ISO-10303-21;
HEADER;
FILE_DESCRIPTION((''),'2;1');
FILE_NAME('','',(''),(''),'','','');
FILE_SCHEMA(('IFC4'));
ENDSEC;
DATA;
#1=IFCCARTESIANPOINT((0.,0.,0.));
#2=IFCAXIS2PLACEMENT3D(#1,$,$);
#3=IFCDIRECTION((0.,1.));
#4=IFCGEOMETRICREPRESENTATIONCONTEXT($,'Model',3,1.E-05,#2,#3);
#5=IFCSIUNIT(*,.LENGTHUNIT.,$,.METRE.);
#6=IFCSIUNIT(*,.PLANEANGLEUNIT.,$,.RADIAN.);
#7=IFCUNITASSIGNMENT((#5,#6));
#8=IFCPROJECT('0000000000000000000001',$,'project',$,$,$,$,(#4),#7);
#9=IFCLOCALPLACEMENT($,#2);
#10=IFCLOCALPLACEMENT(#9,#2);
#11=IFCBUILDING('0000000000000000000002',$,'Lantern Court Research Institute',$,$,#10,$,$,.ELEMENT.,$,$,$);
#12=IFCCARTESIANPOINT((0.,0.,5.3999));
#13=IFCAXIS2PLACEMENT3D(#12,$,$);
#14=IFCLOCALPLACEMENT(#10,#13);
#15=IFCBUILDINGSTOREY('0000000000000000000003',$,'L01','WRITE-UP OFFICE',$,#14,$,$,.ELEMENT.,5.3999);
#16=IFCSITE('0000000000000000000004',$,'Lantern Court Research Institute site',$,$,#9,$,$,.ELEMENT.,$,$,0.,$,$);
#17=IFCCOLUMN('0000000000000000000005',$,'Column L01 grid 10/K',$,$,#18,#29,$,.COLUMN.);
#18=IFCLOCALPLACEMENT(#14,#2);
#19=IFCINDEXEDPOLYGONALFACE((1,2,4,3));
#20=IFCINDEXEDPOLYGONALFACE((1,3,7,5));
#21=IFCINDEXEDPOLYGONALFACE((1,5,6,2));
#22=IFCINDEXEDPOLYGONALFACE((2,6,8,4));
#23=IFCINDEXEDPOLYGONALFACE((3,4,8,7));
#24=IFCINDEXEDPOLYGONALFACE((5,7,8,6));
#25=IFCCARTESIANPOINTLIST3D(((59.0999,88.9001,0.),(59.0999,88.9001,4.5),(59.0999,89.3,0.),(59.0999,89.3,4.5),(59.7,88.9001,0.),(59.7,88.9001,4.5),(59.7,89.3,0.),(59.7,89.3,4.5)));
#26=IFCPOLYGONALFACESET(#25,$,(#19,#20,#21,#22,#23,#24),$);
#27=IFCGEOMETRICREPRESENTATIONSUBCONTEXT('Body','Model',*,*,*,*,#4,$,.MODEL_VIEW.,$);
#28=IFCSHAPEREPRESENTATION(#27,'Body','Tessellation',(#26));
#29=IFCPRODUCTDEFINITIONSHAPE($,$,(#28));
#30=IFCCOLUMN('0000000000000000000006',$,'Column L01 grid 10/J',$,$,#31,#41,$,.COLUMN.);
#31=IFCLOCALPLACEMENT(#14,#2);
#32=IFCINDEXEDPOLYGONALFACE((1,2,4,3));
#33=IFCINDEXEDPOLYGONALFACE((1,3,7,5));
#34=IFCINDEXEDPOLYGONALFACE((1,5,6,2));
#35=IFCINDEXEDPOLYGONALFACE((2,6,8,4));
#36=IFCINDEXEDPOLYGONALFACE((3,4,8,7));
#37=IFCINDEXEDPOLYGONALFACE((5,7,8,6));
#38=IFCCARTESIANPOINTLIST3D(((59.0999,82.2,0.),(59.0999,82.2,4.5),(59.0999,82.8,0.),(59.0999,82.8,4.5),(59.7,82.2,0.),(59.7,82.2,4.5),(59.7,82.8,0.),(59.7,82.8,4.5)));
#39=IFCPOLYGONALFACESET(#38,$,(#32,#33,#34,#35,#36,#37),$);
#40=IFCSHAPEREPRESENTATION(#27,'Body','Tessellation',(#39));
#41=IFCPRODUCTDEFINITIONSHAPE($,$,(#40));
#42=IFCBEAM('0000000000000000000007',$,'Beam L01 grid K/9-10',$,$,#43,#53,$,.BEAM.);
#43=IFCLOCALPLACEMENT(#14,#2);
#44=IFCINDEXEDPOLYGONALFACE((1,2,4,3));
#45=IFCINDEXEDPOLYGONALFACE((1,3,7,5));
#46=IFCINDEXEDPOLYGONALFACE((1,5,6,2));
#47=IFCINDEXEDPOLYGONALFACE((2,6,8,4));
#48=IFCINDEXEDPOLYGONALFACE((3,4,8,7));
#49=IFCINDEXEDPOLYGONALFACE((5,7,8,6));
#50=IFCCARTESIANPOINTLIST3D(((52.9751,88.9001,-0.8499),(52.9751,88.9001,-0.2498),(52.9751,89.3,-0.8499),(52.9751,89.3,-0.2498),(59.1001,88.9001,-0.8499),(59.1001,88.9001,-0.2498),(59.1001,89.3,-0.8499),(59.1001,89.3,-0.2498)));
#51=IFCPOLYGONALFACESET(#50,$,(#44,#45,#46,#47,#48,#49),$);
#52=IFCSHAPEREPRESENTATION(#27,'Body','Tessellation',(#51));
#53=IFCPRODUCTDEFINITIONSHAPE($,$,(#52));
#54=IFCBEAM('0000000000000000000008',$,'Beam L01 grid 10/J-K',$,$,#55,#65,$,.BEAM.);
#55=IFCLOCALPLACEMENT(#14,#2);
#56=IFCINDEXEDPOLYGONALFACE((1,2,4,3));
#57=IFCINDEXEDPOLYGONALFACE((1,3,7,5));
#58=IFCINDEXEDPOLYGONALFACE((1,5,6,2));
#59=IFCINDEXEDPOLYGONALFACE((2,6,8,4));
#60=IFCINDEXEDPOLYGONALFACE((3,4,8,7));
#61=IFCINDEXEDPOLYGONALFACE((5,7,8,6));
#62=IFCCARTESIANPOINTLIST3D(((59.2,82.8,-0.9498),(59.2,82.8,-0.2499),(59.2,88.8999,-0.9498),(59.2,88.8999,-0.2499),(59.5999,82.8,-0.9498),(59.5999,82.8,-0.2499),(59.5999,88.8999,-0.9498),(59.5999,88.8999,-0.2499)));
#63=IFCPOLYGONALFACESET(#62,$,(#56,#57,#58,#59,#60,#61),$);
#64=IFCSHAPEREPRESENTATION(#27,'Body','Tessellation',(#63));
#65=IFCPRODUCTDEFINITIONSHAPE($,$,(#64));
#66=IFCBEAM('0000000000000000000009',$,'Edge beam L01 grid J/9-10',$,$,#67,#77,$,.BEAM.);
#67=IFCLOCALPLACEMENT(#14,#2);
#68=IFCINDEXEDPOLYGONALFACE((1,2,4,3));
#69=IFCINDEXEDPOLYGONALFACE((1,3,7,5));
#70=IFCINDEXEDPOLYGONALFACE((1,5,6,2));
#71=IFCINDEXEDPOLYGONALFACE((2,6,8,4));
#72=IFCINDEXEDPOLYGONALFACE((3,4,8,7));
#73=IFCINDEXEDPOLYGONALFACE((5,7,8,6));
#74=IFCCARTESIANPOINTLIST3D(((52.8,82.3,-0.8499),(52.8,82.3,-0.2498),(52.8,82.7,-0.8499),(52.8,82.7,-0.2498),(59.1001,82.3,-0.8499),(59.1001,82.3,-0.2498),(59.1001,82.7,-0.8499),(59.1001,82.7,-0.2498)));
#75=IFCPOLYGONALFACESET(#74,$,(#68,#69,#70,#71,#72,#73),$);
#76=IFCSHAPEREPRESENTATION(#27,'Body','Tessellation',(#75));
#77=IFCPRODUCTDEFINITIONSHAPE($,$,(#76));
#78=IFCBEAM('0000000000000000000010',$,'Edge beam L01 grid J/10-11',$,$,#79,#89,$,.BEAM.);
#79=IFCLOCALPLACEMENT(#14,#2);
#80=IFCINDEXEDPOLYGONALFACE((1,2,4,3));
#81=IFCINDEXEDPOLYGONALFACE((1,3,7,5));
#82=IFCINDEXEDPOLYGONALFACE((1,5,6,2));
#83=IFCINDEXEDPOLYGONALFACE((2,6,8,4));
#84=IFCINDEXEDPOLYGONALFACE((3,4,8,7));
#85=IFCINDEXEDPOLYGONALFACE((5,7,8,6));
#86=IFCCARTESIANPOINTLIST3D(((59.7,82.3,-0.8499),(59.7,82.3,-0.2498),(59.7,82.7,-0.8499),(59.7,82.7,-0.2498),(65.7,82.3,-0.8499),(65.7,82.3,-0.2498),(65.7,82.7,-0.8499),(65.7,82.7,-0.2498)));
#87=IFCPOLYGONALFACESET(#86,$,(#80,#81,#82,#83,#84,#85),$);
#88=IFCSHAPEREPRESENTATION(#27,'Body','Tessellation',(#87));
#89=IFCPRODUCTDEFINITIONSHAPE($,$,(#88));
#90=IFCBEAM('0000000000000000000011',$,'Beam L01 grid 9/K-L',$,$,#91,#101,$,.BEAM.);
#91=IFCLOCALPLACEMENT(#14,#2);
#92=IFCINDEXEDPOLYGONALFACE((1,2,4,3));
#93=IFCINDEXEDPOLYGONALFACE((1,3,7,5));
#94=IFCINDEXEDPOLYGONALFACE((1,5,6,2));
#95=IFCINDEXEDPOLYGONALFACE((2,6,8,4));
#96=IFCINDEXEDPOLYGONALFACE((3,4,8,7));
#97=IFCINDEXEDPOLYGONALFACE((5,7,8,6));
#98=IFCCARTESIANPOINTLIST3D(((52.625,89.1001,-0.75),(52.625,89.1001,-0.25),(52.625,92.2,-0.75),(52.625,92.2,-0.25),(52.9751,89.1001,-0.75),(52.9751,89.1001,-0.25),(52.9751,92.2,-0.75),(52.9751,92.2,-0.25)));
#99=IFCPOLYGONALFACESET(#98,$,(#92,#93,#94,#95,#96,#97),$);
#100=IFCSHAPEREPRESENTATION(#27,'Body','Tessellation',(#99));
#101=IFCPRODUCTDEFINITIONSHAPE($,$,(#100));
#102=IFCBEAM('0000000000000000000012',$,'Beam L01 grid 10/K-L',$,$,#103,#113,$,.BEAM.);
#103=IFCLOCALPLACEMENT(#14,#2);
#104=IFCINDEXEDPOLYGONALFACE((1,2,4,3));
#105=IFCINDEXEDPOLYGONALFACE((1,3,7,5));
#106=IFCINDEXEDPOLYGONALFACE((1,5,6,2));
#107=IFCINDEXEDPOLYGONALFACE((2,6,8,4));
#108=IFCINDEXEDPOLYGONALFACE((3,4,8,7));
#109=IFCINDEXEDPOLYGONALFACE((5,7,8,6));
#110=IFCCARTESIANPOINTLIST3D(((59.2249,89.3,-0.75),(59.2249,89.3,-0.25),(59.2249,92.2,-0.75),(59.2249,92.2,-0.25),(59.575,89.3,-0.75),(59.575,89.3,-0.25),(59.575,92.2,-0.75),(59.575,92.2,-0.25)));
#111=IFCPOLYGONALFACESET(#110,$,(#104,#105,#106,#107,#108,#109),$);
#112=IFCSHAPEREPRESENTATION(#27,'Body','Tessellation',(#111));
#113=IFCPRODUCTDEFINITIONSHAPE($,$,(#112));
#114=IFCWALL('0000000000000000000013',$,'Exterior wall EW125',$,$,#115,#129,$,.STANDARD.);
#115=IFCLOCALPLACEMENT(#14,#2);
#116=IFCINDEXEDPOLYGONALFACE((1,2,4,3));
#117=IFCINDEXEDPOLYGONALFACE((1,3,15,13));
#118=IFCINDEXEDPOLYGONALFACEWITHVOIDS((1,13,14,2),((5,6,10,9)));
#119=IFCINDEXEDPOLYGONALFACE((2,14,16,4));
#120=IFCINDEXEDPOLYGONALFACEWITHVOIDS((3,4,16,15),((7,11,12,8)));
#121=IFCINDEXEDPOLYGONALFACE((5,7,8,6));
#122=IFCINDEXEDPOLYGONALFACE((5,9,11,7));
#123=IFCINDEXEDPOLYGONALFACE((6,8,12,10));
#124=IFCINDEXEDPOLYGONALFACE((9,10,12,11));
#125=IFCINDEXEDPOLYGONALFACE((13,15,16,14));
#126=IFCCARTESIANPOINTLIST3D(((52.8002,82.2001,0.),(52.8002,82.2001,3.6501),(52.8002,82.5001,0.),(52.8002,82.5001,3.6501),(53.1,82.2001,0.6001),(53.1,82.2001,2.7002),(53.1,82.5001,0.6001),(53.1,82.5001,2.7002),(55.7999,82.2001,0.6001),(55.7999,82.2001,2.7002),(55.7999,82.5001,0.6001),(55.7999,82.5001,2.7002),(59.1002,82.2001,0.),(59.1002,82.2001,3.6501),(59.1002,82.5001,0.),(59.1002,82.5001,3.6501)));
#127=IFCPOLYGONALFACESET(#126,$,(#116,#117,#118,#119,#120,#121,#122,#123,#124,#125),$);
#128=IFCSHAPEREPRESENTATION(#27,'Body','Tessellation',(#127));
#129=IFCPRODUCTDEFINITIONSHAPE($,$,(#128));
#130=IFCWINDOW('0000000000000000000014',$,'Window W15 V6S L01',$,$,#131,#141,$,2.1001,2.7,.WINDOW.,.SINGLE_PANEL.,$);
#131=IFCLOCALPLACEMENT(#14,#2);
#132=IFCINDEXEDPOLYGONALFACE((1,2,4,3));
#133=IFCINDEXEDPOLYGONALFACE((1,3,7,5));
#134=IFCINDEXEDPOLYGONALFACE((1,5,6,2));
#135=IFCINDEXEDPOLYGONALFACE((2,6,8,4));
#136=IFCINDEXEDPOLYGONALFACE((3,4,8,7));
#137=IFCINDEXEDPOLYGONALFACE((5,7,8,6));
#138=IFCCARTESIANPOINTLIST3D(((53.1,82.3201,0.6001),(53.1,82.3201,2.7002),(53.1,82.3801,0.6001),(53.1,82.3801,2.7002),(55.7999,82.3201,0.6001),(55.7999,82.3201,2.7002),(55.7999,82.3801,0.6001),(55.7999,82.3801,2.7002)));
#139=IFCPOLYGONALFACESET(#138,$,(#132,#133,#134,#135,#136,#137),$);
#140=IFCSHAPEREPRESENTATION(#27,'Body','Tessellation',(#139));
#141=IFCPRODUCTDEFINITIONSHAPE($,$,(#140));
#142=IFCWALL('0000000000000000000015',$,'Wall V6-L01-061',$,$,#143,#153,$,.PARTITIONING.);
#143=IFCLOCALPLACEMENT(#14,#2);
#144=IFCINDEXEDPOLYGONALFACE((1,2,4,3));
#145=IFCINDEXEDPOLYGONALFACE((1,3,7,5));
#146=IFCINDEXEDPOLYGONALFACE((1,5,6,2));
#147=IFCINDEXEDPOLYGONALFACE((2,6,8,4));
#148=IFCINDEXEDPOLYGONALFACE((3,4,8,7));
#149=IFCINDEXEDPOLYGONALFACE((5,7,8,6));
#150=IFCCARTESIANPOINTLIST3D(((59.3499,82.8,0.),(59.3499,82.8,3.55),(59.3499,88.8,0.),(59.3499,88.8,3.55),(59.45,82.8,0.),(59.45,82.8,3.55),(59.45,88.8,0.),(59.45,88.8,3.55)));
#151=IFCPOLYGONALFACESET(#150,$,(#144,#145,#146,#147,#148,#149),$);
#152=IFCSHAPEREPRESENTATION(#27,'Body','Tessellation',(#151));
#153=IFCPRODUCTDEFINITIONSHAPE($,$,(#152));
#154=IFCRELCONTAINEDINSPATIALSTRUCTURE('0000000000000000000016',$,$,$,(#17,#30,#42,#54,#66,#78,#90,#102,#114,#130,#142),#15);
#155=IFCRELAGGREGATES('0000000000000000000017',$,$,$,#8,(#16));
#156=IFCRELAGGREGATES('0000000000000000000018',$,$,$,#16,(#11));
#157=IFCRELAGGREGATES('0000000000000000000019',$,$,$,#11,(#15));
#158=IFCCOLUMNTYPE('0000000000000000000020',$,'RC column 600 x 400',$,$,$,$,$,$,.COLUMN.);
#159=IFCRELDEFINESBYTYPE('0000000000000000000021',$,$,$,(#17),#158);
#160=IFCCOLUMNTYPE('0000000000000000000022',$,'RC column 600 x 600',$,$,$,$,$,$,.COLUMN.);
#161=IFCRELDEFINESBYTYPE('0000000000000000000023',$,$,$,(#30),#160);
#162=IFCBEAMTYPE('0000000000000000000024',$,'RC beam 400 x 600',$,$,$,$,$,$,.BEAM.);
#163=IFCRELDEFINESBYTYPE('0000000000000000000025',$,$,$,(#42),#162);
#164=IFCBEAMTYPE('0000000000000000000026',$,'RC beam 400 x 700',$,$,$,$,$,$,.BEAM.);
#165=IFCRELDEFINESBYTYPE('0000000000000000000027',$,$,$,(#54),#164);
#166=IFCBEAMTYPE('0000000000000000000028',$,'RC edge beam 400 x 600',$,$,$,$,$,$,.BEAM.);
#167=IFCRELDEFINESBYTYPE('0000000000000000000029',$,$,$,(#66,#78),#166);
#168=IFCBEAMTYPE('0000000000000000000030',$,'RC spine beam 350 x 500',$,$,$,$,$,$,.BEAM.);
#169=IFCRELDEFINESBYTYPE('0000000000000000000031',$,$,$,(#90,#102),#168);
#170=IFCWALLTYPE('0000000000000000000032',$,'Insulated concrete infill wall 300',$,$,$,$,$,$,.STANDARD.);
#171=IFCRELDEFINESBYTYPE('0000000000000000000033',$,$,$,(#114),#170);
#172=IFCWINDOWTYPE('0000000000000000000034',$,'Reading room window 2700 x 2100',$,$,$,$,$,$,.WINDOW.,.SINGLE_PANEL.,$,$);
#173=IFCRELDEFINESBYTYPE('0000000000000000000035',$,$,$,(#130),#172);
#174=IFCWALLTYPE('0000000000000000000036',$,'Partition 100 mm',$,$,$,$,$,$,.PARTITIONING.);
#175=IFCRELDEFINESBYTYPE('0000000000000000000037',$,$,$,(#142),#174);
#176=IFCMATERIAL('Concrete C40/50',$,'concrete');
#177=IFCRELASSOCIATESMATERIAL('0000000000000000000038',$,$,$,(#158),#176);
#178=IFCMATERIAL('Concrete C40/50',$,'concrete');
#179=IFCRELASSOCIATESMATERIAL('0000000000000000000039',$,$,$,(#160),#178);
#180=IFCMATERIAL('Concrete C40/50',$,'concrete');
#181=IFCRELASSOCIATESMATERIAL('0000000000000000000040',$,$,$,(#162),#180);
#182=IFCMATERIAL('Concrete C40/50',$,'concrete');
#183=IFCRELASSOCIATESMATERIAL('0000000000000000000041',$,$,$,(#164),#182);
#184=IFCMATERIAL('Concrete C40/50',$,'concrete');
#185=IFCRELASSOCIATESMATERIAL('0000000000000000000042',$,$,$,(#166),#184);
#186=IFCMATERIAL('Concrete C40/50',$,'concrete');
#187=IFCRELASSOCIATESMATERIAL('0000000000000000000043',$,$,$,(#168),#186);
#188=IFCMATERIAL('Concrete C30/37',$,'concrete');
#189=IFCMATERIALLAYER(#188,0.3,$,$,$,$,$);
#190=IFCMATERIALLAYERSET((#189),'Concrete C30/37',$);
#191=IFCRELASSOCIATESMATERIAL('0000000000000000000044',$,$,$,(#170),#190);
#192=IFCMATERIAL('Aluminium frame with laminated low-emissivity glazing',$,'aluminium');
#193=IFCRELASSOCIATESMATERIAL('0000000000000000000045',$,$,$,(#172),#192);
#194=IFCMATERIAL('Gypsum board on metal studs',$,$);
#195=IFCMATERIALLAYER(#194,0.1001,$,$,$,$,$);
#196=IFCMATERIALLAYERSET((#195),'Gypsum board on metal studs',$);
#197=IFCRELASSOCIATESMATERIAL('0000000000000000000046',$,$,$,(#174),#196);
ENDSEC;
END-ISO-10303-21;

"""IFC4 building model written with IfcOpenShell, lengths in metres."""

from ifc_helpers import new_model, si_unit, direction, frame, frame_2d, origin, origin_2d, place, context, subcontext, project, spatial, rectangle, extrude, material, layer, layer_set, material_profile, profile_set, type_object, element, fill, save


model = new_model("IFC4")

# Units and contexts
model_context = context("Model", 3, precision=1e-05, world=origin(), true_north=direction((0.0, 1.0)))
body_context = subcontext(model_context, "Body", "Model", "MODEL_VIEW")
ifc_project = project(units=[si_unit("LENGTHUNIT", "METRE"), si_unit("PLANEANGLEUNIT", "RADIAN")], contexts=[model_context])

# Site, building, storey
site_placement = place(None, origin())
site = spatial("IfcSite", under=ifc_project, at=site_placement, Name="Lantern Court Research Institute site", CompositionType="ELEMENT", RefElevation=0.0)
building_placement = place(site_placement, origin())
building = spatial("IfcBuilding", under=site, at=building_placement, Name="Lantern Court Research Institute", CompositionType="ELEMENT")
storey_placement = place(building_placement, frame((0.0, 0.0, 5.3999)))
storey = spatial("IfcBuildingStorey", under=building, at=storey_placement, Name="L01", Description="WRITE-UP OFFICE", CompositionType="ELEMENT", Elevation=5.3999)

# Columns
ifc_material_1 = material(Name="Concrete C40/50", Category="concrete")
ifc_material_profile_1 = material_profile(ifc_material_1, rectangle(XDim=0.6001, YDim=0.3999, at=origin_2d()), Name="RC column 600 x 400")
ifc_profile_set_1 = profile_set([ifc_material_profile_1], Name="Concrete C40/50")
column_type_1 = type_object("IfcColumnType", Name="RC column 600 x 400", PredefinedType="COLUMN", material=ifc_profile_set_1)
column_1_placement = place(storey_placement, frame((59.3999, 89.1001, 0.0), z_axis=(0.0, 0.0, 1.0), x_axis=(1.0, 0.0, 0.0)))
element("IfcColumn", 1, at=column_1_placement, inside=storey, type_object=column_type_1, Name="Column L01 grid 10/K", PredefinedType="COLUMN", context=body_context, shape_type="SweptSolid", body=[
    extrude(rectangle(XDim=0.6001, YDim=0.3999, at=origin_2d()), origin(), (0.0, 0.0, 1.0), 4.5),
])
ifc_material_2 = material(Name="Concrete C40/50", Category="concrete")
ifc_material_profile_2 = material_profile(ifc_material_2, rectangle(XDim=0.6001, YDim=0.6001, at=origin_2d()), Name="RC column 600 x 600")
ifc_profile_set_2 = profile_set([ifc_material_profile_2], Name="Concrete C40/50")
column_type_2 = type_object("IfcColumnType", Name="RC column 600 x 600", PredefinedType="COLUMN", material=ifc_profile_set_2)
column_2_placement = place(storey_placement, frame((59.3999, 82.5, 0.0), z_axis=(0.0, 0.0, 1.0), x_axis=(1.0, 0.0, 0.0)))
element("IfcColumn", 2, at=column_2_placement, inside=storey, type_object=column_type_2, Name="Column L01 grid 10/J", PredefinedType="COLUMN", context=body_context, shape_type="SweptSolid", body=[
    extrude(rectangle(XDim=0.6001, YDim=0.6001, at=origin_2d()), origin(), (0.0, 0.0, 1.0), 4.5),
])

# Beams
ifc_material_3 = material(Name="Concrete C40/50", Category="concrete")
ifc_material_profile_3 = material_profile(ifc_material_3, rectangle(XDim=0.3999, YDim=0.6001, at=origin_2d()), Name="RC beam 400 x 600")
ifc_profile_set_3 = profile_set([ifc_material_profile_3], Name="Concrete C40/50")
beam_type_1 = type_object("IfcBeamType", Name="RC beam 400 x 600", PredefinedType="BEAM", material=ifc_profile_set_3)
beam_1_placement = place(storey_placement, frame((52.9751, 89.1001, -0.5498), z_axis=(1.0, 0.0, 0.0), x_axis=(0.0, 1.0, 0.0)))
element("IfcBeam", 3, at=beam_1_placement, inside=storey, type_object=beam_type_1, Name="Beam L01 grid K/9-10", PredefinedType="BEAM", context=body_context, shape_type="SweptSolid", body=[
    extrude(rectangle(XDim=0.3999, YDim=0.6001, at=origin_2d()), origin(), (0.0, 0.0, 1.0), 6.125),
])
ifc_material_4 = material(Name="Concrete C40/50", Category="concrete")
ifc_material_profile_4 = material_profile(ifc_material_4, rectangle(XDim=0.3999, YDim=0.7, at=origin_2d()), Name="RC beam 400 x 700")
ifc_profile_set_4 = profile_set([ifc_material_profile_4], Name="Concrete C40/50")
beam_type_2 = type_object("IfcBeamType", Name="RC beam 400 x 700", PredefinedType="BEAM", material=ifc_profile_set_4)
beam_2_placement = place(storey_placement, frame((59.3999, 82.8, -0.5999), z_axis=(0.0, 1.0, 0.0), x_axis=(-1.0, 0.0, 0.0)))
element("IfcBeam", 4, at=beam_2_placement, inside=storey, type_object=beam_type_2, Name="Beam L01 grid 10/J-K", PredefinedType="BEAM", context=body_context, shape_type="SweptSolid", body=[
    extrude(rectangle(XDim=0.3999, YDim=0.7, at=origin_2d()), origin(), (0.0, 0.0, 1.0), 6.0999),
])
ifc_material_5 = material(Name="Concrete C40/50", Category="concrete")
ifc_material_profile_5 = material_profile(ifc_material_5, rectangle(XDim=0.3999, YDim=0.6001, at=origin_2d()), Name="RC beam 400 x 600")
ifc_profile_set_5 = profile_set([ifc_material_profile_5], Name="Concrete C40/50")
beam_type_3 = type_object("IfcBeamType", Name="RC edge beam 400 x 600", PredefinedType="BEAM", material=ifc_profile_set_5)
beam_3_placement = place(storey_placement, frame((52.8, 82.5, -0.5498), z_axis=(1.0, 0.0, 0.0), x_axis=(0.0, 1.0, 0.0)))
element("IfcBeam", 5, at=beam_3_placement, inside=storey, type_object=beam_type_3, Name="Edge beam L01 grid J/9-10", PredefinedType="BEAM", context=body_context, shape_type="SweptSolid", body=[
    extrude(rectangle(XDim=0.3999, YDim=0.6001, at=origin_2d()), origin(), (0.0, 0.0, 1.0), 6.3),
])
beam_4_placement = place(storey_placement, frame((59.7, 82.5, -0.5498), z_axis=(1.0, 0.0, 0.0), x_axis=(0.0, 1.0, 0.0)))
element("IfcBeam", 6, at=beam_4_placement, inside=storey, type_object=beam_type_3, Name="Edge beam L01 grid J/10-11", PredefinedType="BEAM", context=body_context, shape_type="SweptSolid", body=[
    extrude(rectangle(XDim=0.3999, YDim=0.6001, at=origin_2d()), origin(), (0.0, 0.0, 1.0), 6.0),
])
ifc_material_6 = material(Name="Concrete C40/50", Category="concrete")
ifc_material_profile_6 = material_profile(ifc_material_6, rectangle(XDim=0.3501, YDim=0.5, at=origin_2d()), Name="RC beam 350 x 500")
ifc_profile_set_6 = profile_set([ifc_material_profile_6], Name="Concrete C40/50")
beam_type_4 = type_object("IfcBeamType", Name="RC spine beam 350 x 500", PredefinedType="BEAM", material=ifc_profile_set_6)
beam_5_placement = place(storey_placement, frame((52.8, 89.1001, -0.5), z_axis=(0.0, 1.0, 0.0), x_axis=(-1.0, 0.0, 0.0)))
element("IfcBeam", 7, at=beam_5_placement, inside=storey, type_object=beam_type_4, Name="Beam L01 grid 9/K-L", PredefinedType="BEAM", context=body_context, shape_type="SweptSolid", body=[
    extrude(rectangle(XDim=0.3501, YDim=0.5, at=origin_2d()), origin(), (0.0, 0.0, 1.0), 3.0999),
])
beam_6_placement = place(storey_placement, frame((59.3999, 89.3, -0.5), z_axis=(0.0, 1.0, 0.0), x_axis=(-1.0, 0.0, 0.0)))
element("IfcBeam", 8, at=beam_6_placement, inside=storey, type_object=beam_type_4, Name="Beam L01 grid 10/K-L", PredefinedType="BEAM", context=body_context, shape_type="SweptSolid", body=[
    extrude(rectangle(XDim=0.3501, YDim=0.5, at=origin_2d()), origin(), (0.0, 0.0, 1.0), 2.8999),
])

# Wall, opening, window
ifc_material_7 = material(Name="Concrete C30/37", Category="concrete")
ifc_layer_1 = layer(ifc_material_7, 0.3)
ifc_layer_set_1 = layer_set([ifc_layer_1], Name="Concrete C30/37")
wall_type_1 = type_object("IfcWallType", Name="Insulated concrete infill wall 300", PredefinedType="STANDARD", material=ifc_layer_set_1)
wall_1_placement = place(storey_placement, frame((59.1001, 82.3501, 0.0), z_axis=(0.0, 0.0, 1.0), x_axis=(-1.0, 0.0, 0.0)))
wall_1 = element("IfcWall", 9, at=wall_1_placement, inside=storey, type_object=wall_type_1, Name="Exterior wall EW125", PredefinedType="STANDARD", context=body_context, shape_type="SweptSolid", body=[
    extrude(rectangle(XDim=6.3, YDim=0.3, at=frame_2d((3.1499, 0.0))), origin(), (0.0, 0.0, 1.0), 3.6501),
])
opening_1_placement = place(wall_1_placement, frame((3.3, 0.0, 0.6001)))
opening_1 = element("IfcOpeningElement", 10, at=opening_1_placement, cuts=wall_1, PredefinedType="OPENING", context=body_context, shape_type="SweptSolid", body=[
    extrude(rectangle(XDim=2.7, YDim=2.1001, at=frame_2d((1.3501, 1.05))), frame((0.0, 0.1599, 0.0), z_axis=(0.0, -1.0, 0.0), x_axis=(1.0, 0.0, 0.0)), (0.0, 0.0, 1.0), 0.3201),
])
ifc_material_8 = material(Name="Aluminium frame with laminated low-emissivity glazing", Category="aluminium")
window_type_1 = type_object("IfcWindowType", Name="Reading room window 2700 x 2100", PartitioningType="SINGLE_PANEL", PredefinedType="WINDOW", material=ifc_material_8)
window_1_placement = place(opening_1_placement, origin())
window_1 = element("IfcWindow", 11, at=window_1_placement, inside=storey, type_object=window_type_1, Name="Window W15 V6S L01", OverallHeight=2.1001, OverallWidth=2.7, PartitioningType="SINGLE_PANEL", PredefinedType="WINDOW", context=body_context, shape_type="SweptSolid", body=[
    extrude(rectangle(XDim=2.7, YDim=2.1001, at=frame_2d((1.3501, 1.05))), frame((0.0, 0.03, 0.0), z_axis=(0.0, -1.0, 0.0), x_axis=(1.0, 0.0, 0.0)), (0.0, 0.0, 1.0), 0.0601),
])
fill(opening_1, window_1)

# Wall
ifc_material_9 = material(Name="Gypsum board on metal studs")
ifc_layer_2 = layer(ifc_material_9, 0.1001)
ifc_layer_set_2 = layer_set([ifc_layer_2], Name="Gypsum board on metal studs")
wall_type_2 = type_object("IfcWallType", Name="Partition 100 mm", PredefinedType="PARTITIONING", material=ifc_layer_set_2)
wall_2_placement = place(storey_placement, frame((59.3999, 82.8, 0.0), z_axis=(0.0, 0.0, 1.0), x_axis=(0.0, 1.0, 0.0)))
element("IfcWall", 12, at=wall_2_placement, inside=storey, type_object=wall_type_2, Name="Wall V6-L01-061", PredefinedType="PARTITIONING", context=body_context, shape_type="SweptSolid", body=[
    extrude(rectangle(XDim=6.0, YDim=0.1001, at=frame_2d((3.0, 0.0))), origin(), (0.0, 0.0, 1.0), 3.55),
])

save(model, "model.ifc")
